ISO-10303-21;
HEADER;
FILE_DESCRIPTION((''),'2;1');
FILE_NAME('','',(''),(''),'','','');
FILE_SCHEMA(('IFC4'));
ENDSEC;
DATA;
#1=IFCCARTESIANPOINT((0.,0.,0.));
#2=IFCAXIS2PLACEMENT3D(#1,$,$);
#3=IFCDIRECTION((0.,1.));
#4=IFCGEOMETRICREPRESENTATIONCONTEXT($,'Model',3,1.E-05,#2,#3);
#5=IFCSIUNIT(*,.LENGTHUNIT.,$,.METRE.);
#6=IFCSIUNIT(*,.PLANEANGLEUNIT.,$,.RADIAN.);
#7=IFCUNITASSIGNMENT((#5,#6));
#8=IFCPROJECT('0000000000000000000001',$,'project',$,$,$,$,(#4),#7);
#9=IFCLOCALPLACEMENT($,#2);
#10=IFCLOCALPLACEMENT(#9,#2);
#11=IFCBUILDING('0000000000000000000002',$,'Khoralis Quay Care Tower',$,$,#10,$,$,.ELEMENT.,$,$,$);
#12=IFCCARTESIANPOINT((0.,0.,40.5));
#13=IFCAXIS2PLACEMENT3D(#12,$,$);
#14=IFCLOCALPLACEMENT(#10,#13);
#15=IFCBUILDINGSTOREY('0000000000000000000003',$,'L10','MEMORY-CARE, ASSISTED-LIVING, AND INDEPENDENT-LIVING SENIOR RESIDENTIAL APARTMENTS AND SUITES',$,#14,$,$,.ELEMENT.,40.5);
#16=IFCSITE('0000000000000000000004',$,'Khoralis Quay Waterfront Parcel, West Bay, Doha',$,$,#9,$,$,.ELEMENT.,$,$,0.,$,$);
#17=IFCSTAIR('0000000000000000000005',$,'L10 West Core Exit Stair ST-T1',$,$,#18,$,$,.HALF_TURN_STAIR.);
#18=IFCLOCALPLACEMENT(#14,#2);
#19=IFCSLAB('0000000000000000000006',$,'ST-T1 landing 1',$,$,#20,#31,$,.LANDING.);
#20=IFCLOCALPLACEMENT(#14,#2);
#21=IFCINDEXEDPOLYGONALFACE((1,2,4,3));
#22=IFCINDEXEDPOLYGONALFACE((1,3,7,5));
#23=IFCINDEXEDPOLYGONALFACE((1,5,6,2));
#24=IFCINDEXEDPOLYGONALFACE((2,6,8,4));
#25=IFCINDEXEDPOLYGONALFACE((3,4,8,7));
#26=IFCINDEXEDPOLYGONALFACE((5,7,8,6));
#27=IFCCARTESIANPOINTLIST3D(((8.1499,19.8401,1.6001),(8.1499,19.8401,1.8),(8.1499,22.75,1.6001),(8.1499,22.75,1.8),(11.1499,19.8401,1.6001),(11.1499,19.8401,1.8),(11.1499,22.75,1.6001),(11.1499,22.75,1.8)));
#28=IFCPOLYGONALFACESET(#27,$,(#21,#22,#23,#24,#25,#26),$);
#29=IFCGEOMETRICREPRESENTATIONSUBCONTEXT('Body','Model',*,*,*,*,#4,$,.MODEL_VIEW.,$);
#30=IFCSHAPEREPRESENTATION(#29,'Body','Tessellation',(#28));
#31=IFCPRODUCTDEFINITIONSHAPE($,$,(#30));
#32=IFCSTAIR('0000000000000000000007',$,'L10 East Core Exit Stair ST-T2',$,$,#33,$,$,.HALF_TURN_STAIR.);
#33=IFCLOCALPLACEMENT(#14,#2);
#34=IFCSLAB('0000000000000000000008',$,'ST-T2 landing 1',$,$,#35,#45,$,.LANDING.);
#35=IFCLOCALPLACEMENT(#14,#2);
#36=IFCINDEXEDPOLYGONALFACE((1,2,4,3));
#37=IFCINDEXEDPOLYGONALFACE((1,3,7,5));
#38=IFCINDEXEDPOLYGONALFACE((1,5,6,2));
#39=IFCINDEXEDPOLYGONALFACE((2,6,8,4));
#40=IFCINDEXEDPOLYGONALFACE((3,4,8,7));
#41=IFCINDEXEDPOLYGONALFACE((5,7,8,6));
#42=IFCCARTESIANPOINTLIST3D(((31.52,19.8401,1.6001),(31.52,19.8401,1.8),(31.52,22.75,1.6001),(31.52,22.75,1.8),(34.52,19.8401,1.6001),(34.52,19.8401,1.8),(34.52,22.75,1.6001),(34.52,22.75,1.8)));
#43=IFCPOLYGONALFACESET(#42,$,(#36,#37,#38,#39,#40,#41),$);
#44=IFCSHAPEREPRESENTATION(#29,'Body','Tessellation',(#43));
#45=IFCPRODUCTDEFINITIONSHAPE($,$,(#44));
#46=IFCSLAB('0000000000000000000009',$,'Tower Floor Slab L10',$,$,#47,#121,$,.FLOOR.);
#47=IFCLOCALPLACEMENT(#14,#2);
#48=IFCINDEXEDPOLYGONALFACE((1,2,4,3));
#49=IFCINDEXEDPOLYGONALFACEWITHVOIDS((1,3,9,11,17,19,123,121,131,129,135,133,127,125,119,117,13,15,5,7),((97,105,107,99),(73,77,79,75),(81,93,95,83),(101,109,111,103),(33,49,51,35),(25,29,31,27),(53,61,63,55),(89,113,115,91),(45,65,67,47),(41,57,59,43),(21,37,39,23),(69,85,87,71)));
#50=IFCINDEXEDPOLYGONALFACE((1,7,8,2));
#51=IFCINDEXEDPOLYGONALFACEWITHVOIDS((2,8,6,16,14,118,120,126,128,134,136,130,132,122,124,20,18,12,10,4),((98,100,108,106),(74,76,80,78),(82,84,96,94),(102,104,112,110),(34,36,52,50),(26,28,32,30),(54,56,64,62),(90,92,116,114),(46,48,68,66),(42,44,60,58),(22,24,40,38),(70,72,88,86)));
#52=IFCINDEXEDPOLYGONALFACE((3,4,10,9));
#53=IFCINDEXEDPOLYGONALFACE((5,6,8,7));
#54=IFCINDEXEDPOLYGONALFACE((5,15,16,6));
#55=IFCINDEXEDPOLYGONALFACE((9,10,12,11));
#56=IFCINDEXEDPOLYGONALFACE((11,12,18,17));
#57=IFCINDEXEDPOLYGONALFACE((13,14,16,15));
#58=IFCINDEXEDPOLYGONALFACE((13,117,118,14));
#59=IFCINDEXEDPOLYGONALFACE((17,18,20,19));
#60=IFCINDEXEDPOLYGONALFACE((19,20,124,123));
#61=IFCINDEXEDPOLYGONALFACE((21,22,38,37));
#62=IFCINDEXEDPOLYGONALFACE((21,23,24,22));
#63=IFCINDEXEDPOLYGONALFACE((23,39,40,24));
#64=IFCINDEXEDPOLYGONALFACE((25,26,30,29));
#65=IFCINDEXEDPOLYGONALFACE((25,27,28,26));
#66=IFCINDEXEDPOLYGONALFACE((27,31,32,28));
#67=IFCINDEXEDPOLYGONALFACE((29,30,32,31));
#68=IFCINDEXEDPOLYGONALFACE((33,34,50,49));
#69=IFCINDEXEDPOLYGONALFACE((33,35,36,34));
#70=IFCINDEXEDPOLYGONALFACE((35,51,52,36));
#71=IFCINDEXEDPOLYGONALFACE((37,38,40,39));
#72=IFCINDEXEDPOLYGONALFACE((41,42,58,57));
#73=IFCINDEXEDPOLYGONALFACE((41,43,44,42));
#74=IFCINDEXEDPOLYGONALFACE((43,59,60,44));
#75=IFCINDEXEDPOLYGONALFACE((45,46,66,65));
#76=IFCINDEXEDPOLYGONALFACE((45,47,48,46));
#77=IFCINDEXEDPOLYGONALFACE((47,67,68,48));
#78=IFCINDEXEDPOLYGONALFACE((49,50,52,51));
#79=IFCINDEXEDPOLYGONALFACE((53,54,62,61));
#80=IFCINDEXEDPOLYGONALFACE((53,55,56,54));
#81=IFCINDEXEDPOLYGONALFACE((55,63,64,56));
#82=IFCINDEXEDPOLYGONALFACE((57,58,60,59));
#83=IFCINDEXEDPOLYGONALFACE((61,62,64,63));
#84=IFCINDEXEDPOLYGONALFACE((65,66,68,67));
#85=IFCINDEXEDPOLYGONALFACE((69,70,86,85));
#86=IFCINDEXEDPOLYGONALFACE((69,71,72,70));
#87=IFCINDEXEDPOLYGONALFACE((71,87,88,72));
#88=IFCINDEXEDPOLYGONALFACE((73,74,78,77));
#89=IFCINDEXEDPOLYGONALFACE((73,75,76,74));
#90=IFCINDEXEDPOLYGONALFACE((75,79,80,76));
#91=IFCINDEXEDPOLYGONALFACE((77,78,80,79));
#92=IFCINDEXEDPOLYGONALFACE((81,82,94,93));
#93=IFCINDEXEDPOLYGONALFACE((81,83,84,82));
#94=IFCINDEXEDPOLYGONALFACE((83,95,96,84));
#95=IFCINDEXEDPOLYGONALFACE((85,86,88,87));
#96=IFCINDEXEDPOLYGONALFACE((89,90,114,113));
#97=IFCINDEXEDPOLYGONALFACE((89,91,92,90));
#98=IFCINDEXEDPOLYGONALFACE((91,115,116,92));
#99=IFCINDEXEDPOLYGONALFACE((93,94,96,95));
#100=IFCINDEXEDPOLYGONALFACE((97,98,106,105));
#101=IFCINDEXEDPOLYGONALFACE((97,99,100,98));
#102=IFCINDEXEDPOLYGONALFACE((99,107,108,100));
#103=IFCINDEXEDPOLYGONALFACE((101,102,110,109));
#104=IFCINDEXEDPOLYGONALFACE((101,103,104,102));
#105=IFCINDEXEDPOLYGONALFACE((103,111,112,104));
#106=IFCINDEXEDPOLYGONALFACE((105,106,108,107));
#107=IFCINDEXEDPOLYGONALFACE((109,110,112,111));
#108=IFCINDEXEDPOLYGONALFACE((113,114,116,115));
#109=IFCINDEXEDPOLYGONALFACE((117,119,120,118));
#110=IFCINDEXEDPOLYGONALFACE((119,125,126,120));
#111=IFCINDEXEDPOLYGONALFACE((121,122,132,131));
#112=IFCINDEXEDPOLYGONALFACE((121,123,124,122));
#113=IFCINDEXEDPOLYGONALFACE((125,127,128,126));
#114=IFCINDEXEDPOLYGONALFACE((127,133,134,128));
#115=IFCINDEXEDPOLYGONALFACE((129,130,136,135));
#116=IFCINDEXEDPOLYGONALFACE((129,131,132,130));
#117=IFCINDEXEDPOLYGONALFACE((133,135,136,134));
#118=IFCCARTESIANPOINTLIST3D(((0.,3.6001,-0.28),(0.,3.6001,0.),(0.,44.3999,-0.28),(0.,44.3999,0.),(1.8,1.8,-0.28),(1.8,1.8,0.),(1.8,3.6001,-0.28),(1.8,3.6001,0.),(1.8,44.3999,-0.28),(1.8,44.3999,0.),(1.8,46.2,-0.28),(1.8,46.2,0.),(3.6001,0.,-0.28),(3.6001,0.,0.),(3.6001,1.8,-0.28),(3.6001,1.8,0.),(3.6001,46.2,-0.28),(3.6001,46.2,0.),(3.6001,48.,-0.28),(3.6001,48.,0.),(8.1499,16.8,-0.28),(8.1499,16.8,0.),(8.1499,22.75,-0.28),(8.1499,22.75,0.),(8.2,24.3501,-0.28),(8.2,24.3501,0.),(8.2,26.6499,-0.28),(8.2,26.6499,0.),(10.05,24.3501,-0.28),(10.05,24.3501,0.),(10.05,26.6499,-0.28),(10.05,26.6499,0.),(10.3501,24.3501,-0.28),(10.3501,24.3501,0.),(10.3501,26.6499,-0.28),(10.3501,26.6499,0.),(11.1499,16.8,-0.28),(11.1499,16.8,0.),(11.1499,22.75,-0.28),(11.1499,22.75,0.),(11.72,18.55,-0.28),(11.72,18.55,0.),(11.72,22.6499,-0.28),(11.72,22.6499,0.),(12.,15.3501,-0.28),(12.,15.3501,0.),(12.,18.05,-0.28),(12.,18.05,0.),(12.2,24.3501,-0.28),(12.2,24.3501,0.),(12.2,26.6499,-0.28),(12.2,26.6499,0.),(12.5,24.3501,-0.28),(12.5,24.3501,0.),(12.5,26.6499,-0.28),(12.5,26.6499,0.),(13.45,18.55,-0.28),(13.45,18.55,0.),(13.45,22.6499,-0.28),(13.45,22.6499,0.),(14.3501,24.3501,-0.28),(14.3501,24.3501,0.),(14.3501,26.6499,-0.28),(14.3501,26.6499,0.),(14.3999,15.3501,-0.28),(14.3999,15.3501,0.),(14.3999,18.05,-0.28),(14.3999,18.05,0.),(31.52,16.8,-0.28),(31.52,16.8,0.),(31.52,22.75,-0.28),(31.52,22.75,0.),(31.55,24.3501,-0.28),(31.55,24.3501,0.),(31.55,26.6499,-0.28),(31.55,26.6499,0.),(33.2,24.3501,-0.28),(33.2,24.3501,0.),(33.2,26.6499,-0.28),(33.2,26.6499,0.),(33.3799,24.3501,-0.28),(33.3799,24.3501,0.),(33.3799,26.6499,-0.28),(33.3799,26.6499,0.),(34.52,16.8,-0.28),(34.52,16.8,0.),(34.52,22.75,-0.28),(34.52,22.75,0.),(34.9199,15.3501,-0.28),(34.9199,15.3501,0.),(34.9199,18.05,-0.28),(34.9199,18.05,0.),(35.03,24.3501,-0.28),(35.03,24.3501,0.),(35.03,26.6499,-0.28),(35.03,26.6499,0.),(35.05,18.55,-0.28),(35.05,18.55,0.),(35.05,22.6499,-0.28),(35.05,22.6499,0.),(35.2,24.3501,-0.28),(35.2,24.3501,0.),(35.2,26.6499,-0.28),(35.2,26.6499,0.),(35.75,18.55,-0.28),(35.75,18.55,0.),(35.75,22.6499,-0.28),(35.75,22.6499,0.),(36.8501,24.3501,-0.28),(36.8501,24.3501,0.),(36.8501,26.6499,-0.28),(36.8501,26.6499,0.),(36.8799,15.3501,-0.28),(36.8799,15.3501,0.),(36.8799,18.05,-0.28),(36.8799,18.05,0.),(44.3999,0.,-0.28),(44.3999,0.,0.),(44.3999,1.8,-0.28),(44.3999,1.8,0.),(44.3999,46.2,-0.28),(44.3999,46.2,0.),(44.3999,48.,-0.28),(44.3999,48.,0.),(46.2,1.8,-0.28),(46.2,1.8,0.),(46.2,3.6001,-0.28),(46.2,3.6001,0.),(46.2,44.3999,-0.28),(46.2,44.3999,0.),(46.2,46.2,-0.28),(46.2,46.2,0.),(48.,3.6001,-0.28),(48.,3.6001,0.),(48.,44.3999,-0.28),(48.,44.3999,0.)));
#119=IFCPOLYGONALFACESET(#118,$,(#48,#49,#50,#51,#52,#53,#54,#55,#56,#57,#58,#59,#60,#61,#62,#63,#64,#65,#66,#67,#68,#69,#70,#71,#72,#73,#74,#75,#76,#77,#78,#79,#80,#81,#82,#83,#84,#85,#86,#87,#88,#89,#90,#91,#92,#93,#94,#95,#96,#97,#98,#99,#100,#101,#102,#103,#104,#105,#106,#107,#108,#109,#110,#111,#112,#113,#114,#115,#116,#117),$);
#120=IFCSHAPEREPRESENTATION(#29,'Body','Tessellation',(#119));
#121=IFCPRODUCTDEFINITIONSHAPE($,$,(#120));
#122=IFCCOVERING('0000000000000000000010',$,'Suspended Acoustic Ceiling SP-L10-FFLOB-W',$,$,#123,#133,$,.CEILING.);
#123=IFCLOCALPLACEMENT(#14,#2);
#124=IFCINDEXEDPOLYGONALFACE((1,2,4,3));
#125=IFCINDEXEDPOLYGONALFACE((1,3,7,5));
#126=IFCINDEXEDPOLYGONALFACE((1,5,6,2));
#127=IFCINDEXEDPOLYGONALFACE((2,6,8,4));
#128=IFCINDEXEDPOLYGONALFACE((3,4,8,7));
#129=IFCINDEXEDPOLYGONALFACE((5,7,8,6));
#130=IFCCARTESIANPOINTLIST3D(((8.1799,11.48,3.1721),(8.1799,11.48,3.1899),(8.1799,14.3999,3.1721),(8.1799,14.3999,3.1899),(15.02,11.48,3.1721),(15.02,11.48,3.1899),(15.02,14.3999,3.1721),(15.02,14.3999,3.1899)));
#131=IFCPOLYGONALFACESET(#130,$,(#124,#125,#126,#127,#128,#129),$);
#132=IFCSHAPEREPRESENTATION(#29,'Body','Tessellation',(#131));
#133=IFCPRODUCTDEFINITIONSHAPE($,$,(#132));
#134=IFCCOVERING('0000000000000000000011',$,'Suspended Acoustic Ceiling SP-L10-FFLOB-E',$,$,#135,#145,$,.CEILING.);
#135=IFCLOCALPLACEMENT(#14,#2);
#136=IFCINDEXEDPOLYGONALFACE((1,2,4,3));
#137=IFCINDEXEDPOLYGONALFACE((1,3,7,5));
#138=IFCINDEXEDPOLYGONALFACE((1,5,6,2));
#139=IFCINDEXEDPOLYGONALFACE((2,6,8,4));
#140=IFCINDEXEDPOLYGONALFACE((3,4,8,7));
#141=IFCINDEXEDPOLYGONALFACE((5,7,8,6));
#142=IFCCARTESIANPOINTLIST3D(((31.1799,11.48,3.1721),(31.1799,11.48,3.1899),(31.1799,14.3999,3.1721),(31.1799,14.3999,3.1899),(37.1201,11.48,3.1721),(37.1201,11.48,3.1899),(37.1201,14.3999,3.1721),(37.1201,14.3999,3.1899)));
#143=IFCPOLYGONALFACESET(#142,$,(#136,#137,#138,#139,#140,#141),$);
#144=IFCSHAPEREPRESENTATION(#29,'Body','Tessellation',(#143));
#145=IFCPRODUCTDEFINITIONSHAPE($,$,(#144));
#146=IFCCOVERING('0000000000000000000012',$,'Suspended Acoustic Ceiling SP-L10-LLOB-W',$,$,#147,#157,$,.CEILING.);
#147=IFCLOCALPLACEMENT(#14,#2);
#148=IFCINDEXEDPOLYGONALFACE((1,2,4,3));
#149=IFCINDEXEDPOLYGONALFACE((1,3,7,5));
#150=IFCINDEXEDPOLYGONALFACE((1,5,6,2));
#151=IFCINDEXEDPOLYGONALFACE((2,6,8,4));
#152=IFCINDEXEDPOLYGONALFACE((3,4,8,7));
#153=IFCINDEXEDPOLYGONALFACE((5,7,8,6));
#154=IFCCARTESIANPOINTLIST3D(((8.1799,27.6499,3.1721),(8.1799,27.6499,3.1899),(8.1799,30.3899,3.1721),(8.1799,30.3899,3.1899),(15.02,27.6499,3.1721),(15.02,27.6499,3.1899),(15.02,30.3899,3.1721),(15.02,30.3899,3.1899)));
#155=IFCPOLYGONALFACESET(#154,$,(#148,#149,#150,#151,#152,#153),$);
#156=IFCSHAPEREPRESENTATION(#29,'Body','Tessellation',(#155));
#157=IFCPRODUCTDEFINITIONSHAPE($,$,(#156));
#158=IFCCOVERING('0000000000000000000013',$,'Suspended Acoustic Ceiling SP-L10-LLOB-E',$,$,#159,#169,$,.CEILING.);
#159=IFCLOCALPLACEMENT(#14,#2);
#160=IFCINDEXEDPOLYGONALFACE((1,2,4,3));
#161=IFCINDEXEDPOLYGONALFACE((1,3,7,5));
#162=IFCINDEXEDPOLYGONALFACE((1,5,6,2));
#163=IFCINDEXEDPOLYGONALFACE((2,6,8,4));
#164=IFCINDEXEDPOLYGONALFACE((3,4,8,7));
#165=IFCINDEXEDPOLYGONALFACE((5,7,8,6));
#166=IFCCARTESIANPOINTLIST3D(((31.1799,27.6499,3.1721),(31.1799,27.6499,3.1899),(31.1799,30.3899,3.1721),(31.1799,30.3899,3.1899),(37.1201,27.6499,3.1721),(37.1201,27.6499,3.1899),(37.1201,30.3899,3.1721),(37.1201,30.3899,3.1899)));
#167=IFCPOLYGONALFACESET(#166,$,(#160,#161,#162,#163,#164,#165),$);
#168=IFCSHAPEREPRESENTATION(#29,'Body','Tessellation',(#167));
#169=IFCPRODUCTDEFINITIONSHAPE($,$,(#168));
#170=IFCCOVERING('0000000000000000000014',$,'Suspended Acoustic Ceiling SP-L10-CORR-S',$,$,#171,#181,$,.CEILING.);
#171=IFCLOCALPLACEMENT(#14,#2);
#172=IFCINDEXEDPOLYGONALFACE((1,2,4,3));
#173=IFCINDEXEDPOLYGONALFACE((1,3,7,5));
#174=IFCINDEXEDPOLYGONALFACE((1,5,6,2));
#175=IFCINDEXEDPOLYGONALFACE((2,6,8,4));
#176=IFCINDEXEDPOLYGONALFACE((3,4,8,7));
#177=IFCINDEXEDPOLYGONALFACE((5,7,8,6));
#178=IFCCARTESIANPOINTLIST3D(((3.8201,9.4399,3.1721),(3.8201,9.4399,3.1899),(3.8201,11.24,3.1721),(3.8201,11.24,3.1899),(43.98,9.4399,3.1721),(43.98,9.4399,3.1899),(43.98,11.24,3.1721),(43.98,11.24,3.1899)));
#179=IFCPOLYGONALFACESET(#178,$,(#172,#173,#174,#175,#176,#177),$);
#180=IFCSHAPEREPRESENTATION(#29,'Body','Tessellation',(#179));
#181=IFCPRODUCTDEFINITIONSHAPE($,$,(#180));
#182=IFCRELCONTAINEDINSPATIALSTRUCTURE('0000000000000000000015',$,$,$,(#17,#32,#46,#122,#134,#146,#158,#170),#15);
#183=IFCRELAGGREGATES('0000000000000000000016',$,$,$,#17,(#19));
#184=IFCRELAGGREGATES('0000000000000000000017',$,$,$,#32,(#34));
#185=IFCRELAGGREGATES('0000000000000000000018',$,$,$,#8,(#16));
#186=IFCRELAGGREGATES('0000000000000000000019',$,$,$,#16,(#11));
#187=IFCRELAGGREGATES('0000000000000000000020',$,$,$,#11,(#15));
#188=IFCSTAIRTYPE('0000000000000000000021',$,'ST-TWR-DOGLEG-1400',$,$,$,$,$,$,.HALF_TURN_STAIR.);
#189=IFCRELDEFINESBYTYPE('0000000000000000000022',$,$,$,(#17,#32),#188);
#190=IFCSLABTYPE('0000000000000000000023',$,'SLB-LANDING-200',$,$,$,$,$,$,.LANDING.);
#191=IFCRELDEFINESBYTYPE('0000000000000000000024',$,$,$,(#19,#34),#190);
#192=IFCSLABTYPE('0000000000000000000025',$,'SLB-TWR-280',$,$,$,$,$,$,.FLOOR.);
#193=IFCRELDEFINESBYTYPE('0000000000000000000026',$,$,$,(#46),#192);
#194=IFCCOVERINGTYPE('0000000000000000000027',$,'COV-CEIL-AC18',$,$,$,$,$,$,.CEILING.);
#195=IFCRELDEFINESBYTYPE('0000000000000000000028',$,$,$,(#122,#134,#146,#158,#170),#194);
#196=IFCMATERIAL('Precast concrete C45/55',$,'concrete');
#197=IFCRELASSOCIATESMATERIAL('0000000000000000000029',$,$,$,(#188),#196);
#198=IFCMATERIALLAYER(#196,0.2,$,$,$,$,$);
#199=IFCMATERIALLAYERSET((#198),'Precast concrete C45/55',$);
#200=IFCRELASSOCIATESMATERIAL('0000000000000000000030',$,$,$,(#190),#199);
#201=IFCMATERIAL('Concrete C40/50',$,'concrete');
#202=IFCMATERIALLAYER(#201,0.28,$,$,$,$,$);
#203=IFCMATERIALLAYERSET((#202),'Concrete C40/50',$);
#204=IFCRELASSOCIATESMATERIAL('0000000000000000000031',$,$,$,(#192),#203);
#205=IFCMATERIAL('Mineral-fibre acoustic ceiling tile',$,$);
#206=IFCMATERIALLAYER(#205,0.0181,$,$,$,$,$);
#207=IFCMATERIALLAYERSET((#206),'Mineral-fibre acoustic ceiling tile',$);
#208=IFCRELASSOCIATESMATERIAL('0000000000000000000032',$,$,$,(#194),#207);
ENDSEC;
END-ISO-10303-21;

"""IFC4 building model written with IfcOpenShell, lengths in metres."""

from ifc_helpers import new_model, si_unit, direction, frame, origin, place, context, subcontext, project, spatial, polyline, outline, extrude, material, layer, layer_set, type_object, element, aggregate, save


model = new_model("IFC4")

# Units and contexts
model_context = context("Model", 3, precision=1e-05, world=origin(), true_north=direction((0.0, 1.0)))
body_context = subcontext(model_context, "Body", "Model", "MODEL_VIEW")
ifc_project = project(units=[si_unit("LENGTHUNIT", "METRE"), si_unit("PLANEANGLEUNIT", "RADIAN")], contexts=[model_context])

# Site, building, storey
site_placement = place(None, origin())
site = spatial("IfcSite", under=ifc_project, at=site_placement, Name="Khoralis Quay Waterfront Parcel, West Bay, Doha", CompositionType="ELEMENT", RefElevation=0.0)
building_placement = place(site_placement, origin())
building = spatial("IfcBuilding", under=site, at=building_placement, Name="Khoralis Quay Care Tower", CompositionType="ELEMENT")
storey_placement = place(building_placement, frame((0.0, 0.0, 40.5)))
storey = spatial("IfcBuildingStorey", under=building, at=storey_placement, Name="L10", Description="MEMORY-CARE, ASSISTED-LIVING, AND INDEPENDENT-LIVING SENIOR RESIDENTIAL APARTMENTS AND SUITES", CompositionType="ELEMENT", Elevation=40.5)

# Stairs, slabs
ifc_material_1 = material(Name="Precast concrete C45/55", Category="concrete")
stair_type = type_object("IfcStairType", Name="ST-TWR-DOGLEG-1400", PredefinedType="HALF_TURN_STAIR", material=ifc_material_1)
stair_1_placement = place(storey_placement, origin())
stair_1 = element("IfcStair", 1, at=stair_1_placement, inside=storey, type_object=stair_type, Name="L10 West Core Exit Stair ST-T1", PredefinedType="HALF_TURN_STAIR")
ifc_layer_1 = layer(ifc_material_1, 0.2)
ifc_layer_set_1 = layer_set([ifc_layer_1], Name="Precast concrete C45/55")
slab_type_1 = type_object("IfcSlabType", Name="SLB-LANDING-200", PredefinedType="LANDING", material=ifc_layer_set_1)
slab_1_placement = place(storey_placement, frame((0.0, 0.0, 1.6001)))
slab_1 = element("IfcSlab", 2, at=slab_1_placement, type_object=slab_type_1, Name="ST-T1 landing 1", PredefinedType="LANDING", context=body_context, shape_type="SweptSolid", body=[
    extrude(outline(polyline([(11.1499, 19.8401), (11.1499, 22.75), (8.1499, 22.75), (8.1499, 19.8401), (11.1499, 19.8401)])), origin(), (0.0, 0.0, 1.0), 0.2),
])
aggregate(stair_1, [slab_1])
stair_2_placement = place(storey_placement, origin())
stair_2 = element("IfcStair", 3, at=stair_2_placement, inside=storey, type_object=stair_type, Name="L10 East Core Exit Stair ST-T2", PredefinedType="HALF_TURN_STAIR")
slab_2_placement = place(storey_placement, frame((0.0, 0.0, 1.6001)))
slab_2 = element("IfcSlab", 4, at=slab_2_placement, type_object=slab_type_1, Name="ST-T2 landing 1", PredefinedType="LANDING", context=body_context, shape_type="SweptSolid", body=[
    extrude(outline(polyline([(34.52, 19.8401), (34.52, 22.75), (31.52, 22.75), (31.52, 19.8401), (34.52, 19.8401)])), origin(), (0.0, 0.0, 1.0), 0.2),
])
aggregate(stair_2, [slab_2])

# Slab
ifc_material_2 = material(Name="Concrete C40/50", Category="concrete")
ifc_layer_2 = layer(ifc_material_2, 0.28)
ifc_layer_set_2 = layer_set([ifc_layer_2], Name="Concrete C40/50")
slab_type_2 = type_object("IfcSlabType", Name="SLB-TWR-280", PredefinedType="FLOOR", material=ifc_layer_set_2)
slab_3_placement = place(storey_placement, frame((0.0, 0.0, -0.28)))
element("IfcSlab", 5, at=slab_3_placement, inside=storey, type_object=slab_type_2, Name="Tower Floor Slab L10", PredefinedType="FLOOR", context=body_context, shape_type="SweptSolid", body=[
    extrude(outline(polyline([(3.6001, 0.0), (44.3999, 0.0), (44.3999, 1.8), (46.2, 1.8), (46.2, 3.6001), (48.0, 3.6001), (48.0, 44.3999), (46.2, 44.3999), (46.2, 46.2), (44.3999, 46.2), (44.3999, 48.0), (3.6001, 48.0), (3.6001, 46.2), (1.8, 46.2), (1.8, 44.3999), (0.0, 44.3999), (0.0, 3.6001), (1.8, 3.6001), (1.8, 1.8), (3.6001, 1.8), (3.6001, 0.0)]), holes=[polyline([(11.1499, 16.8), (11.1499, 22.75), (8.1499, 22.75), (8.1499, 16.8), (11.1499, 16.8)]), polyline([(34.52, 16.8), (34.52, 22.75), (31.52, 22.75), (31.52, 16.8), (34.52, 16.8)]), polyline([(12.0, 15.3501), (14.3999, 15.3501), (14.3999, 18.05), (12.0, 18.05), (12.0, 15.3501)]), polyline([(34.9199, 15.3501), (36.8799, 15.3501), (36.8799, 18.05), (34.9199, 18.05), (34.9199, 15.3501)]), polyline([(8.2, 24.3501), (10.05, 24.3501), (10.05, 26.6499), (8.2, 26.6499), (8.2, 24.3501)]), polyline([(31.55, 24.3501), (33.2, 24.3501), (33.2, 26.6499), (31.55, 26.6499), (31.55, 24.3501)]), polyline([(10.3501, 24.3501), (12.2, 24.3501), (12.2, 26.6499), (10.3501, 26.6499), (10.3501, 24.3501)]), polyline([(33.3799, 24.3501), (35.03, 24.3501), (35.03, 26.6499), (33.3799, 26.6499), (33.3799, 24.3501)]), polyline([(12.5, 24.3501), (14.3501, 24.3501), (14.3501, 26.6499), (12.5, 26.6499), (12.5, 24.3501)]), polyline([(35.2, 24.3501), (36.8501, 24.3501), (36.8501, 26.6499), (35.2, 26.6499), (35.2, 24.3501)]), polyline([(11.72, 18.55), (13.45, 18.55), (13.45, 22.6499), (11.72, 22.6499), (11.72, 18.55)]), polyline([(35.05, 18.55), (35.75, 18.55), (35.75, 22.6499), (35.05, 22.6499), (35.05, 18.55)])]), origin(), (0.0, 0.0, 1.0), 0.28),
])

# Coverings
ifc_material_3 = material(Name="Mineral-fibre acoustic ceiling tile")
ifc_layer_3 = layer(ifc_material_3, 0.0181)
ifc_layer_set_3 = layer_set([ifc_layer_3], Name="Mineral-fibre acoustic ceiling tile")
covering_type_1 = type_object("IfcCoveringType", Name="COV-CEIL-AC18", PredefinedType="CEILING", material=ifc_layer_set_3)
covering_1_placement = place(storey_placement, frame((0.0, 0.0, 3.1721)))
element("IfcCovering", 6, at=covering_1_placement, inside=storey, type_object=covering_type_1, Name="Suspended Acoustic Ceiling SP-L10-FFLOB-W", PredefinedType="CEILING", context=body_context, shape_type="SweptSolid", body=[
    extrude(outline(polyline([(8.1799, 11.48), (15.02, 11.48), (15.02, 14.3999), (8.1799, 14.3999), (8.1799, 11.48)])), origin(), (0.0, 0.0, 1.0), 0.0178),
])
covering_2_placement = place(storey_placement, frame((0.0, 0.0, 3.1721)))
element("IfcCovering", 7, at=covering_2_placement, inside=storey, type_object=covering_type_1, Name="Suspended Acoustic Ceiling SP-L10-FFLOB-E", PredefinedType="CEILING", context=body_context, shape_type="SweptSolid", body=[
    extrude(outline(polyline([(31.1799, 11.48), (37.1201, 11.48), (37.1201, 14.3999), (31.1799, 14.3999), (31.1799, 11.48)])), origin(), (0.0, 0.0, 1.0), 0.0178),
])
covering_3_placement = place(storey_placement, frame((0.0, 0.0, 3.1721)))
element("IfcCovering", 8, at=covering_3_placement, inside=storey, type_object=covering_type_1, Name="Suspended Acoustic Ceiling SP-L10-LLOB-W", PredefinedType="CEILING", context=body_context, shape_type="SweptSolid", body=[
    extrude(outline(polyline([(8.1799, 27.6499), (15.02, 27.6499), (15.02, 30.3899), (8.1799, 30.3899), (8.1799, 27.6499)])), origin(), (0.0, 0.0, 1.0), 0.0178),
])
covering_4_placement = place(storey_placement, frame((0.0, 0.0, 3.1721)))
element("IfcCovering", 9, at=covering_4_placement, inside=storey, type_object=covering_type_1, Name="Suspended Acoustic Ceiling SP-L10-LLOB-E", PredefinedType="CEILING", context=body_context, shape_type="SweptSolid", body=[
    extrude(outline(polyline([(31.1799, 27.6499), (37.1201, 27.6499), (37.1201, 30.3899), (31.1799, 30.3899), (31.1799, 27.6499)])), origin(), (0.0, 0.0, 1.0), 0.0178),
])
covering_5_placement = place(storey_placement, frame((0.0, 0.0, 3.1721)))
element("IfcCovering", 10, at=covering_5_placement, inside=storey, type_object=covering_type_1, Name="Suspended Acoustic Ceiling SP-L10-CORR-S", PredefinedType="CEILING", context=body_context, shape_type="SweptSolid", body=[
    extrude(outline(polyline([(3.8201, 9.4399), (43.98, 9.4399), (43.98, 11.24), (3.8201, 11.24), (3.8201, 9.4399)])), origin(), (0.0, 0.0, 1.0), 0.0178),
])

save(model, "model.ifc")
